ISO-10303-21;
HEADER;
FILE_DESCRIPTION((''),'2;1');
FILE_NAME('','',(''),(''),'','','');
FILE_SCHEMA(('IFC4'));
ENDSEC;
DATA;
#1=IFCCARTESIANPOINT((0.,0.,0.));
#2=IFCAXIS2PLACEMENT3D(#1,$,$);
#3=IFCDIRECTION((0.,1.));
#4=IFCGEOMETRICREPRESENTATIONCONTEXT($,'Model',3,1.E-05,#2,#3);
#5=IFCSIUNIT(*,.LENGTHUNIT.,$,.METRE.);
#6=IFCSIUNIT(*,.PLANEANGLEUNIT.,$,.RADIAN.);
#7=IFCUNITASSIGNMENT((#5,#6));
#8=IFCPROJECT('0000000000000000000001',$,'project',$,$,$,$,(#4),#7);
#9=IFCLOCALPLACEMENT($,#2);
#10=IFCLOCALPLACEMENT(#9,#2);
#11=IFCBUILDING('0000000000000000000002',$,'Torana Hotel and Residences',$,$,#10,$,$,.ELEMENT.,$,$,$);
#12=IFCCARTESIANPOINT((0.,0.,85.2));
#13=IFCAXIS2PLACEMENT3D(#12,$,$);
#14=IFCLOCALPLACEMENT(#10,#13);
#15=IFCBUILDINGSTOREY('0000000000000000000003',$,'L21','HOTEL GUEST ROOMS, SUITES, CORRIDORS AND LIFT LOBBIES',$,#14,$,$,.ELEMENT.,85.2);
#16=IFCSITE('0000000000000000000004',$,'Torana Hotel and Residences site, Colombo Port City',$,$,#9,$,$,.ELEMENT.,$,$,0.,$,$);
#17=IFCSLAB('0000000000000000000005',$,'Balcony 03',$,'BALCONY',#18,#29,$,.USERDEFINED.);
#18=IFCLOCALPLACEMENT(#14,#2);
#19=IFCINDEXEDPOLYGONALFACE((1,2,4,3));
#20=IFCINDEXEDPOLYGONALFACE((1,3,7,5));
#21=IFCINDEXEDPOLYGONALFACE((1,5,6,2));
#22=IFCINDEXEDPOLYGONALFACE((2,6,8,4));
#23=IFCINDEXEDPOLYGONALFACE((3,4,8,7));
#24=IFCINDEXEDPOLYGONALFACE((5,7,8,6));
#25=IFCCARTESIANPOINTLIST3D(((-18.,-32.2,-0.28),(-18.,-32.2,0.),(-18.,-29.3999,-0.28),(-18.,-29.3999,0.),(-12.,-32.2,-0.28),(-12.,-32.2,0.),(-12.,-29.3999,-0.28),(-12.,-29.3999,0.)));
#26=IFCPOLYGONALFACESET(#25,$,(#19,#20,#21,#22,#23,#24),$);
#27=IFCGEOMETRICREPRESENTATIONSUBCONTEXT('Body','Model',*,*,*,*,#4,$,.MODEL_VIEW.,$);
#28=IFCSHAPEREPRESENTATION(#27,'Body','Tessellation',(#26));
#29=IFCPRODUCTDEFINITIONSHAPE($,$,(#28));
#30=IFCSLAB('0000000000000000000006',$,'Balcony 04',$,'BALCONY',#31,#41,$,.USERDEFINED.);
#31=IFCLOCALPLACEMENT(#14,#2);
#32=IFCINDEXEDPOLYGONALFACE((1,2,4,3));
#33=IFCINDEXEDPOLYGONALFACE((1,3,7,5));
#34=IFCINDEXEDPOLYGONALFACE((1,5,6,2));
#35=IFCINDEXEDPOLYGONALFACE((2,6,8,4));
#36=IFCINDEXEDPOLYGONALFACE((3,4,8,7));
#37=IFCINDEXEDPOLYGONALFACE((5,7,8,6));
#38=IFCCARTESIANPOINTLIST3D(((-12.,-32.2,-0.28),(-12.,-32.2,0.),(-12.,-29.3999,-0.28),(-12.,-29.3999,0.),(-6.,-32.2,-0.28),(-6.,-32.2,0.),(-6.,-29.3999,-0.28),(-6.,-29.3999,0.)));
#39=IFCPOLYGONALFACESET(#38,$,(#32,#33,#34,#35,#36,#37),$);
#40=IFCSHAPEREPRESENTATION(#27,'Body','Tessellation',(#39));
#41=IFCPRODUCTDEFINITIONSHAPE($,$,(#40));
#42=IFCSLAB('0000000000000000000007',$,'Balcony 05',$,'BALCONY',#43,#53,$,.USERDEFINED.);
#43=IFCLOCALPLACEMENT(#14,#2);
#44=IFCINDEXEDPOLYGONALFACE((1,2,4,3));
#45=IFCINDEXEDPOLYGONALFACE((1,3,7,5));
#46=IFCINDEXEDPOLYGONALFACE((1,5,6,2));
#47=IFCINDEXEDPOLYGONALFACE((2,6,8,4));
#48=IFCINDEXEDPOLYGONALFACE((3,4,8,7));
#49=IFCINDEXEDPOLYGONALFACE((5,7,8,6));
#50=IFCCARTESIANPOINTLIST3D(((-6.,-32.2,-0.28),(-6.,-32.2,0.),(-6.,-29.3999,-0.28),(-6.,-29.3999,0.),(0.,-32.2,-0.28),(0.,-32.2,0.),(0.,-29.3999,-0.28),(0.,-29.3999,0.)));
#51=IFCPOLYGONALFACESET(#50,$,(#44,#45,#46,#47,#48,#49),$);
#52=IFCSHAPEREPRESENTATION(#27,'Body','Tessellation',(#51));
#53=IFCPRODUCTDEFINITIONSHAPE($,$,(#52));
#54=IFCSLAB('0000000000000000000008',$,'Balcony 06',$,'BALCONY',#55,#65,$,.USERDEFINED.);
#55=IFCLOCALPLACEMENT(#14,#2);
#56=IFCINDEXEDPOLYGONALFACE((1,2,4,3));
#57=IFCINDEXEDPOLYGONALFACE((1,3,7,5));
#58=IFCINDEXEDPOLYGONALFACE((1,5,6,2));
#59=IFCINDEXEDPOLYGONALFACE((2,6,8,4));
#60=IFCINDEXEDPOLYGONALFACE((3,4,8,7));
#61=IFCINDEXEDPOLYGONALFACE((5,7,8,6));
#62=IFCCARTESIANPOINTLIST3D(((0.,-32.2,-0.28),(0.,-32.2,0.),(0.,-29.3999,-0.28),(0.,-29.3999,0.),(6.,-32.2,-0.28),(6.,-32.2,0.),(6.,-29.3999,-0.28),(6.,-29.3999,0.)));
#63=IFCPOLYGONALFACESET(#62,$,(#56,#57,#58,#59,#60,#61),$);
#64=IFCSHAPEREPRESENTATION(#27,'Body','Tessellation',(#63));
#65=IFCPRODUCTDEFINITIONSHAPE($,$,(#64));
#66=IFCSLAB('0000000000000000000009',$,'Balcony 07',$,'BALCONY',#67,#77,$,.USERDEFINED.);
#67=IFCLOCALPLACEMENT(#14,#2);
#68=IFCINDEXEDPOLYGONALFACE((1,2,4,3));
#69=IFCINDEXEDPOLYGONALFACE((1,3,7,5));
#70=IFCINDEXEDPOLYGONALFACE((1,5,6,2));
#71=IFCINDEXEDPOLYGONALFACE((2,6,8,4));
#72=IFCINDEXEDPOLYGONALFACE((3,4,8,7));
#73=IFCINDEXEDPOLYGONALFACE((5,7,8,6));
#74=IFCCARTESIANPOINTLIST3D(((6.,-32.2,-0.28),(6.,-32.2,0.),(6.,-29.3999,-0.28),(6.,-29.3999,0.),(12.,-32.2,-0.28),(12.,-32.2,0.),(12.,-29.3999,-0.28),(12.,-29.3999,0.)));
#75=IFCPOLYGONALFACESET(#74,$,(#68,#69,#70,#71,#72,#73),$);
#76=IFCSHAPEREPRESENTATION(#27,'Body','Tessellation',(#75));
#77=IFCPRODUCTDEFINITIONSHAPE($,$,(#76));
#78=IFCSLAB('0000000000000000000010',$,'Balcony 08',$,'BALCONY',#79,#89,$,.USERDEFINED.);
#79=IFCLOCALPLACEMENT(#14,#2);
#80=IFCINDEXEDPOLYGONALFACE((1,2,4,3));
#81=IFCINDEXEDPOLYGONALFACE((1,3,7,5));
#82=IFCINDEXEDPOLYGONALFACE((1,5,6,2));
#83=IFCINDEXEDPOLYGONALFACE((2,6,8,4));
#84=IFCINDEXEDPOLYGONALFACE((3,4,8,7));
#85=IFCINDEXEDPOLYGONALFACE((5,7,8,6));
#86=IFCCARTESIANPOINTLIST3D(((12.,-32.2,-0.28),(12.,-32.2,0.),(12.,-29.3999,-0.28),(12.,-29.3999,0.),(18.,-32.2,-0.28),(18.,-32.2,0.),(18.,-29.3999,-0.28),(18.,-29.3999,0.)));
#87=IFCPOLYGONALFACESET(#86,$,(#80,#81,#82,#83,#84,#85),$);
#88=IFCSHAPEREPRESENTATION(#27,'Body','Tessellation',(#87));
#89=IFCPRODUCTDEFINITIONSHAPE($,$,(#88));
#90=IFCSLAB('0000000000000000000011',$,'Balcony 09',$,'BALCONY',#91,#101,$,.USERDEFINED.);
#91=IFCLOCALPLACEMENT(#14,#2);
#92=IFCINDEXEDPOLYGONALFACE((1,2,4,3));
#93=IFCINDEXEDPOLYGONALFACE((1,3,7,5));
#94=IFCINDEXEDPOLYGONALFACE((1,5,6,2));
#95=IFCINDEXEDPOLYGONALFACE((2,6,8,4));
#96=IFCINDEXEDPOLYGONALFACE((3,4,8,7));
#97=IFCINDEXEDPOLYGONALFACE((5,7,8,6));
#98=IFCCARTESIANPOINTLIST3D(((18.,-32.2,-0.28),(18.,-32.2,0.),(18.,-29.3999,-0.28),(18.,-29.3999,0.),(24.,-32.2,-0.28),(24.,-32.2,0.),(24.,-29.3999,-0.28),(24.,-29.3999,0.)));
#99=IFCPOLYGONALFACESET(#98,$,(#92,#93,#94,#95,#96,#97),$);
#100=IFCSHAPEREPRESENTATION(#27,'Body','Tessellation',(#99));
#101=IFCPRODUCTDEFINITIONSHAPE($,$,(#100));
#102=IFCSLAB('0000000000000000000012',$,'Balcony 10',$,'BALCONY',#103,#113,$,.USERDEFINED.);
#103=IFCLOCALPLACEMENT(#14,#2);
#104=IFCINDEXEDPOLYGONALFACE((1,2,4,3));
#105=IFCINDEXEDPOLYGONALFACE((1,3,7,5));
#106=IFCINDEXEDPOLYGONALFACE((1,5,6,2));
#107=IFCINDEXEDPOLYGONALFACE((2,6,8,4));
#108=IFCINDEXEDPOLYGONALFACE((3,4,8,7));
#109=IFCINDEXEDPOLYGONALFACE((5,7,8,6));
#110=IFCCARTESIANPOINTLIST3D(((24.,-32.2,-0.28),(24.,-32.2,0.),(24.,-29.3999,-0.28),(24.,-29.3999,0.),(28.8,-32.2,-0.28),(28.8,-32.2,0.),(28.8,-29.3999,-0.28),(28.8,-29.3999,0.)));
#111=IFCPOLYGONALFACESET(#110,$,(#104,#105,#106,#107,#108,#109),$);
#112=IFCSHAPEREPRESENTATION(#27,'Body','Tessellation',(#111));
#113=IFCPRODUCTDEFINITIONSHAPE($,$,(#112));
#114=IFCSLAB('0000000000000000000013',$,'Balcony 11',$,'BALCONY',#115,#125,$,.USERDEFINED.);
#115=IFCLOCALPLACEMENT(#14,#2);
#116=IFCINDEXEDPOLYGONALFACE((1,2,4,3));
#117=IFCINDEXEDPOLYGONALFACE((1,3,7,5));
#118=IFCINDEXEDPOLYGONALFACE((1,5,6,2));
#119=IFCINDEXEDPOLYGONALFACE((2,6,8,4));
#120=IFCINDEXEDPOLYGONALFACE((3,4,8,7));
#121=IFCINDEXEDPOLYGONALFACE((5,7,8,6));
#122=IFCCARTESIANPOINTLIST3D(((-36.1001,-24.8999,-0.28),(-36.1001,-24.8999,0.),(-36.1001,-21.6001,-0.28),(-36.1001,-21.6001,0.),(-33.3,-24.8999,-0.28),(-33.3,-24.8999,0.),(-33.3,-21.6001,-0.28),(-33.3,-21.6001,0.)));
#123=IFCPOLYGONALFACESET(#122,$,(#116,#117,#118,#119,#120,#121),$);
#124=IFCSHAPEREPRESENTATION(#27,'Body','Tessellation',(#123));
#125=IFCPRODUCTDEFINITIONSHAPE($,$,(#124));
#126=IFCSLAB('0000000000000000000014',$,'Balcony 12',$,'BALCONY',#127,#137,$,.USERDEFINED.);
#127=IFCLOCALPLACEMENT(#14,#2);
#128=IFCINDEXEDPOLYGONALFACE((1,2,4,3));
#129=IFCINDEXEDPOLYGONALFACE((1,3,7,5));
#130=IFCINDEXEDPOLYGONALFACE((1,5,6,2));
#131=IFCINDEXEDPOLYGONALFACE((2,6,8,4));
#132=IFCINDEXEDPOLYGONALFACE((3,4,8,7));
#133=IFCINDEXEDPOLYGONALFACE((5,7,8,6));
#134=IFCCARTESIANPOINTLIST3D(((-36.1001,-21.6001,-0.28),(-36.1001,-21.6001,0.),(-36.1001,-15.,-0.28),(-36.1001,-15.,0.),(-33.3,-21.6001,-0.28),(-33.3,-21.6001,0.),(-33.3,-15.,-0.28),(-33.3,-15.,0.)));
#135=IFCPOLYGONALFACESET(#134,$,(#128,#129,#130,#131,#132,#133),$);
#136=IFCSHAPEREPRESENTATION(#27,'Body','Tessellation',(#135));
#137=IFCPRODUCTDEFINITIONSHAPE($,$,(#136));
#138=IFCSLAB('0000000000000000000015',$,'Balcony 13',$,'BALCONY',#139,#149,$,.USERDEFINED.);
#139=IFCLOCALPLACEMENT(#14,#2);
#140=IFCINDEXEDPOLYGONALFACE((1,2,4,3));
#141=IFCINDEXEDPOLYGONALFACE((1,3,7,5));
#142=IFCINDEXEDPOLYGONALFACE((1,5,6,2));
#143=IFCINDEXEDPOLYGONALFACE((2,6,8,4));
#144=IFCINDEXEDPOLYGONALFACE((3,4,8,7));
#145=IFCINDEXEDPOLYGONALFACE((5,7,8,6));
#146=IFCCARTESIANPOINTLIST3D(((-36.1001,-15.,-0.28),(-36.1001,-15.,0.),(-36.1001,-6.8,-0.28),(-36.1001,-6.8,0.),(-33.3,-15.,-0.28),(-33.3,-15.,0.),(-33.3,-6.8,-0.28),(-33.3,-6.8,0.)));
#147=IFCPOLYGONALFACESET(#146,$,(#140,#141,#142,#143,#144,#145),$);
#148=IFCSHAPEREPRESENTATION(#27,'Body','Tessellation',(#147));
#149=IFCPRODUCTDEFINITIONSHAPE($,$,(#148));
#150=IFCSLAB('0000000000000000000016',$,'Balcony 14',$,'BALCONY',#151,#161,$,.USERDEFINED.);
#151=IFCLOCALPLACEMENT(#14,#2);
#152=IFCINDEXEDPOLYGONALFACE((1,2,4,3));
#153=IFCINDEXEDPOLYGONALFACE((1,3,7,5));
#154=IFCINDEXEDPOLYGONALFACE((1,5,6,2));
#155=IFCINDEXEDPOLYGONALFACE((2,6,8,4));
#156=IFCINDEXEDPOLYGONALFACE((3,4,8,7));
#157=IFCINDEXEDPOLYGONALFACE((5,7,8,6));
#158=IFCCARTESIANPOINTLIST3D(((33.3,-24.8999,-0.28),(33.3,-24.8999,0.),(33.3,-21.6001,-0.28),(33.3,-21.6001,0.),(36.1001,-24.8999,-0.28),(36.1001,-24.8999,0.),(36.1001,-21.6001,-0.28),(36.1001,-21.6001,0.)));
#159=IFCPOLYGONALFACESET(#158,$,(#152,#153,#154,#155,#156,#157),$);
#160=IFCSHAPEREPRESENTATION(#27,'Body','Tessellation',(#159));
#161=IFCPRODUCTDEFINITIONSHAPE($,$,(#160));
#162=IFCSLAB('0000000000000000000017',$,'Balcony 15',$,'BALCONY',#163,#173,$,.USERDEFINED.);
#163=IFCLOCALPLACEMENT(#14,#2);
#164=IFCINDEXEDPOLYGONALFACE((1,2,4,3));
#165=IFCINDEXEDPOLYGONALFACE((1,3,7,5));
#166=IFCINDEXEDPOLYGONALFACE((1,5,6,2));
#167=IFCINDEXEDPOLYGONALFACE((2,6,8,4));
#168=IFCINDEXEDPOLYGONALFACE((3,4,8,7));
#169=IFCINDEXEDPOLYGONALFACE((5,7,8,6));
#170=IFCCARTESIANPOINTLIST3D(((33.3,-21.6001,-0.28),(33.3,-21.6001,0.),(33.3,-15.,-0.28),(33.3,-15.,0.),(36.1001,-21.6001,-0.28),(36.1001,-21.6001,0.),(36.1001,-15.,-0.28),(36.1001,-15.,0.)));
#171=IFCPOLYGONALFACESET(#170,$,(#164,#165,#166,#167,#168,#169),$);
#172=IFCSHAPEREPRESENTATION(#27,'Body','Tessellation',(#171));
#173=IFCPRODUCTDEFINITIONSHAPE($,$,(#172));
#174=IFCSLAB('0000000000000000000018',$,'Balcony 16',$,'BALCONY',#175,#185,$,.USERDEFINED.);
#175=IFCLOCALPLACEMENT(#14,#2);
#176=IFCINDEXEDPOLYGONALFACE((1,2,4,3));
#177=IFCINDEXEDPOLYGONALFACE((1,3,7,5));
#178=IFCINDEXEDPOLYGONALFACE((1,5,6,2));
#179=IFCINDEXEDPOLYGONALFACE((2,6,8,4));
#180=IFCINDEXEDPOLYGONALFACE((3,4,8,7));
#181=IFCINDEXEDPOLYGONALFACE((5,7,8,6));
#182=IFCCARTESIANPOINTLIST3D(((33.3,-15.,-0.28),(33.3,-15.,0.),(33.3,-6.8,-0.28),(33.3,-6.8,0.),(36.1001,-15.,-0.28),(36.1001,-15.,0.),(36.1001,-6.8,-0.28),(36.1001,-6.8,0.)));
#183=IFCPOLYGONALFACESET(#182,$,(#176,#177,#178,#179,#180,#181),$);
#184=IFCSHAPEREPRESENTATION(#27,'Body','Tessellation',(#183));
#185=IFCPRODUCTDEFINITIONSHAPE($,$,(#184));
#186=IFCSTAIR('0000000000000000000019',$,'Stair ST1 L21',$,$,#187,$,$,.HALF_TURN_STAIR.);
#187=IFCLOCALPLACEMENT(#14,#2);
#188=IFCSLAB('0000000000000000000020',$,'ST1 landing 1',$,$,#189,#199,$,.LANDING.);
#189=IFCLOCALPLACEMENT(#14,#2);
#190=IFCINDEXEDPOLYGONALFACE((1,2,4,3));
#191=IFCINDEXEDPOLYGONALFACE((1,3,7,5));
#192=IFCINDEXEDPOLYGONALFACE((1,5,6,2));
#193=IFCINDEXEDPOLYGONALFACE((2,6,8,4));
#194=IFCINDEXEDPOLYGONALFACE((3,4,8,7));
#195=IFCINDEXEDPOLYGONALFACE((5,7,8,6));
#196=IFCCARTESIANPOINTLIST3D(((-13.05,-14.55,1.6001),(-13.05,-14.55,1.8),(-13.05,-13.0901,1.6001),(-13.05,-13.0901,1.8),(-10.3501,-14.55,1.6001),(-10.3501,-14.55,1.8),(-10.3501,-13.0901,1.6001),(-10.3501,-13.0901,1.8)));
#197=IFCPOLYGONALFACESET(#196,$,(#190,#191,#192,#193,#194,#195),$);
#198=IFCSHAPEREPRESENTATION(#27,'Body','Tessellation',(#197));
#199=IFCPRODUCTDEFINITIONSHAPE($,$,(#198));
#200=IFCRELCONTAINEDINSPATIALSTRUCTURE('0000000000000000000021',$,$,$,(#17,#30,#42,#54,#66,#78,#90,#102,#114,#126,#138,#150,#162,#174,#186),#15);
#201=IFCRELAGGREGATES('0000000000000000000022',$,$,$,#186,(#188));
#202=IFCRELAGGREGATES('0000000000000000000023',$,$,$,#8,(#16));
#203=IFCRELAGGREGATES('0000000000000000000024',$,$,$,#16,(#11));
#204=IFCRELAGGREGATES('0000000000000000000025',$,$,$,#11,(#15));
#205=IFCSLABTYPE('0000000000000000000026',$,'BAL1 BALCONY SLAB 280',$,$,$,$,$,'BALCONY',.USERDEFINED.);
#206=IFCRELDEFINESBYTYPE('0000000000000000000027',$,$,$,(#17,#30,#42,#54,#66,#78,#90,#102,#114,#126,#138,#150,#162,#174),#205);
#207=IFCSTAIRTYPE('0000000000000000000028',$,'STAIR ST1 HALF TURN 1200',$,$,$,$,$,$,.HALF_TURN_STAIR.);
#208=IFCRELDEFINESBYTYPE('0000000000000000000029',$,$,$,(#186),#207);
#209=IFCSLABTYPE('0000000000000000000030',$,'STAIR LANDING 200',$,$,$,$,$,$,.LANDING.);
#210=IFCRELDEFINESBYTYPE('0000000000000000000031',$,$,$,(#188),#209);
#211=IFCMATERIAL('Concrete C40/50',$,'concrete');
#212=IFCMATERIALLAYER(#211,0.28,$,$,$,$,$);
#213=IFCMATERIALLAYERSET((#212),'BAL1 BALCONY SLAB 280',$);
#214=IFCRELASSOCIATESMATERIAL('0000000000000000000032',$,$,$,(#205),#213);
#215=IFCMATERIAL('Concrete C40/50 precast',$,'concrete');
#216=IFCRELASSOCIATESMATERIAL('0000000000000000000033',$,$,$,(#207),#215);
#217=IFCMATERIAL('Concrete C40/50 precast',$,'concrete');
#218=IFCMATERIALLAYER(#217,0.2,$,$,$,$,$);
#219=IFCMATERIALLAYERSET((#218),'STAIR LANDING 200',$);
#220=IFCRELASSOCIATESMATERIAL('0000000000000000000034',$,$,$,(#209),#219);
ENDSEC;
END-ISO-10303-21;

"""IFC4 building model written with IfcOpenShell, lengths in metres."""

from ifc_helpers import new_model, si_unit, direction, frame, origin, place, context, subcontext, project, spatial, polyline, outline, extrude, material, layer, layer_set, type_object, element, aggregate, save


model = new_model("IFC4")

# Units and contexts
model_context = context("Model", 3, precision=1e-05, world=origin(), true_north=direction((0.0, 1.0)))
body_context = subcontext(model_context, "Body", "Model", "MODEL_VIEW")
ifc_project = project(units=[si_unit("LENGTHUNIT", "METRE"), si_unit("PLANEANGLEUNIT", "RADIAN")], contexts=[model_context])

# Site, building, storey
site_placement = place(None, origin())
site = spatial("IfcSite", under=ifc_project, at=site_placement, Name="Torana Hotel and Residences site, Colombo Port City", CompositionType="ELEMENT", RefElevation=0.0)
building_placement = place(site_placement, origin())
building = spatial("IfcBuilding", under=site, at=building_placement, Name="Torana Hotel and Residences", CompositionType="ELEMENT")
storey_placement = place(building_placement, frame((0.0, 0.0, 85.2)))
storey = spatial("IfcBuildingStorey", under=building, at=storey_placement, Name="L21", Description="HOTEL GUEST ROOMS, SUITES, CORRIDORS AND LIFT LOBBIES", CompositionType="ELEMENT", Elevation=85.2)

# Slabs
ifc_material_1 = material(Name="Concrete C40/50", Category="concrete")
ifc_layer_1 = layer(ifc_material_1, 0.28)
ifc_layer_set_1 = layer_set([ifc_layer_1], Name="BAL1 BALCONY SLAB 280")
slab_type_1 = type_object("IfcSlabType", Name="BAL1 BALCONY SLAB 280", ElementType="BALCONY", PredefinedType="USERDEFINED", material=ifc_layer_set_1)
slab_1_placement = place(storey_placement, frame((0.0, 0.0, -0.28)))
element("IfcSlab", 1, at=slab_1_placement, inside=storey, type_object=slab_type_1, Name="Balcony 03", ObjectType="BALCONY", PredefinedType="USERDEFINED", context=body_context, shape_type="SweptSolid", body=[
    extrude(outline(polyline([(-18.0, -32.2), (-12.0, -32.2), (-12.0, -29.3999), (-18.0, -29.3999), (-18.0, -32.2)])), origin(), (0.0, 0.0, 1.0), 0.28),
])
slab_2_placement = place(storey_placement, frame((0.0, 0.0, -0.28)))
element("IfcSlab", 2, at=slab_2_placement, inside=storey, type_object=slab_type_1, Name="Balcony 04", ObjectType="BALCONY", PredefinedType="USERDEFINED", context=body_context, shape_type="SweptSolid", body=[
    extrude(outline(polyline([(-12.0, -32.2), (-6.0, -32.2), (-6.0, -29.3999), (-12.0, -29.3999), (-12.0, -32.2)])), origin(), (0.0, 0.0, 1.0), 0.28),
])
slab_3_placement = place(storey_placement, frame((0.0, 0.0, -0.28)))
element("IfcSlab", 3, at=slab_3_placement, inside=storey, type_object=slab_type_1, Name="Balcony 05", ObjectType="BALCONY", PredefinedType="USERDEFINED", context=body_context, shape_type="SweptSolid", body=[
    extrude(outline(polyline([(-6.0, -32.2), (0.0, -32.2), (0.0, -29.3999), (-6.0, -29.3999), (-6.0, -32.2)])), origin(), (0.0, 0.0, 1.0), 0.28),
])
slab_4_placement = place(storey_placement, frame((0.0, 0.0, -0.28)))
element("IfcSlab", 4, at=slab_4_placement, inside=storey, type_object=slab_type_1, Name="Balcony 06", ObjectType="BALCONY", PredefinedType="USERDEFINED", context=body_context, shape_type="SweptSolid", body=[
    extrude(outline(polyline([(0.0, -32.2), (6.0, -32.2), (6.0, -29.3999), (0.0, -29.3999), (0.0, -32.2)])), origin(), (0.0, 0.0, 1.0), 0.28),
])
slab_5_placement = place(storey_placement, frame((0.0, 0.0, -0.28)))
element("IfcSlab", 5, at=slab_5_placement, inside=storey, type_object=slab_type_1, Name="Balcony 07", ObjectType="BALCONY", PredefinedType="USERDEFINED", context=body_context, shape_type="SweptSolid", body=[
    extrude(outline(polyline([(6.0, -32.2), (12.0, -32.2), (12.0, -29.3999), (6.0, -29.3999), (6.0, -32.2)])), origin(), (0.0, 0.0, 1.0), 0.28),
])
slab_6_placement = place(storey_placement, frame((0.0, 0.0, -0.28)))
element("IfcSlab", 6, at=slab_6_placement, inside=storey, type_object=slab_type_1, Name="Balcony 08", ObjectType="BALCONY", PredefinedType="USERDEFINED", context=body_context, shape_type="SweptSolid", body=[
    extrude(outline(polyline([(12.0, -32.2), (18.0, -32.2), (18.0, -29.3999), (12.0, -29.3999), (12.0, -32.2)])), origin(), (0.0, 0.0, 1.0), 0.28),
])
slab_7_placement = place(storey_placement, frame((0.0, 0.0, -0.28)))
element("IfcSlab", 7, at=slab_7_placement, inside=storey, type_object=slab_type_1, Name="Balcony 09", ObjectType="BALCONY", PredefinedType="USERDEFINED", context=body_context, shape_type="SweptSolid", body=[
    extrude(outline(polyline([(18.0, -32.2), (24.0, -32.2), (24.0, -29.3999), (18.0, -29.3999), (18.0, -32.2)])), origin(), (0.0, 0.0, 1.0), 0.28),
])
slab_8_placement = place(storey_placement, frame((0.0, 0.0, -0.28)))
element("IfcSlab", 8, at=slab_8_placement, inside=storey, type_object=slab_type_1, Name="Balcony 10", ObjectType="BALCONY", PredefinedType="USERDEFINED", context=body_context, shape_type="SweptSolid", body=[
    extrude(outline(polyline([(24.0, -32.2), (28.8, -32.2), (28.8, -29.3999), (24.0, -29.3999), (24.0, -32.2)])), origin(), (0.0, 0.0, 1.0), 0.28),
])
slab_9_placement = place(storey_placement, frame((0.0, 0.0, -0.28)))
element("IfcSlab", 9, at=slab_9_placement, inside=storey, type_object=slab_type_1, Name="Balcony 11", ObjectType="BALCONY", PredefinedType="USERDEFINED", context=body_context, shape_type="SweptSolid", body=[
    extrude(outline(polyline([(-36.1001, -24.8999), (-33.3, -24.8999), (-33.3, -21.6001), (-36.1001, -21.6001), (-36.1001, -24.8999)])), origin(), (0.0, 0.0, 1.0), 0.28),
])
slab_10_placement = place(storey_placement, frame((0.0, 0.0, -0.28)))
element("IfcSlab", 10, at=slab_10_placement, inside=storey, type_object=slab_type_1, Name="Balcony 12", ObjectType="BALCONY", PredefinedType="USERDEFINED", context=body_context, shape_type="SweptSolid", body=[
    extrude(outline(polyline([(-36.1001, -21.6001), (-33.3, -21.6001), (-33.3, -15.0), (-36.1001, -15.0), (-36.1001, -21.6001)])), origin(), (0.0, 0.0, 1.0), 0.28),
])
slab_11_placement = place(storey_placement, frame((0.0, 0.0, -0.28)))
element("IfcSlab", 11, at=slab_11_placement, inside=storey, type_object=slab_type_1, Name="Balcony 13", ObjectType="BALCONY", PredefinedType="USERDEFINED", context=body_context, shape_type="SweptSolid", body=[
    extrude(outline(polyline([(-36.1001, -15.0), (-33.3, -15.0), (-33.3, -6.8), (-36.1001, -6.8), (-36.1001, -15.0)])), origin(), (0.0, 0.0, 1.0), 0.28),
])
slab_12_placement = place(storey_placement, frame((0.0, 0.0, -0.28)))
element("IfcSlab", 12, at=slab_12_placement, inside=storey, type_object=slab_type_1, Name="Balcony 14", ObjectType="BALCONY", PredefinedType="USERDEFINED", context=body_context, shape_type="SweptSolid", body=[
    extrude(outline(polyline([(33.3, -24.8999), (36.1001, -24.8999), (36.1001, -21.6001), (33.3, -21.6001), (33.3, -24.8999)])), origin(), (0.0, 0.0, 1.0), 0.28),
])
slab_13_placement = place(storey_placement, frame((0.0, 0.0, -0.28)))
element("IfcSlab", 13, at=slab_13_placement, inside=storey, type_object=slab_type_1, Name="Balcony 15", ObjectType="BALCONY", PredefinedType="USERDEFINED", context=body_context, shape_type="SweptSolid", body=[
    extrude(outline(polyline([(33.3, -21.6001), (36.1001, -21.6001), (36.1001, -15.0), (33.3, -15.0), (33.3, -21.6001)])), origin(), (0.0, 0.0, 1.0), 0.28),
])
slab_14_placement = place(storey_placement, frame((0.0, 0.0, -0.28)))
element("IfcSlab", 14, at=slab_14_placement, inside=storey, type_object=slab_type_1, Name="Balcony 16", ObjectType="BALCONY", PredefinedType="USERDEFINED", context=body_context, shape_type="SweptSolid", body=[
    extrude(outline(polyline([(33.3, -15.0), (36.1001, -15.0), (36.1001, -6.8), (33.3, -6.8), (33.3, -15.0)])), origin(), (0.0, 0.0, 1.0), 0.28),
])

# Stair, slab
ifc_material_2 = material(Name="Concrete C40/50 precast", Category="concrete")
stair_type_1 = type_object("IfcStairType", Name="STAIR ST1 HALF TURN 1200", PredefinedType="HALF_TURN_STAIR", material=ifc_material_2)
stair_1_placement = place(storey_placement, origin())
stair_1 = element("IfcStair", 15, at=stair_1_placement, inside=storey, type_object=stair_type_1, Name="Stair ST1 L21", PredefinedType="HALF_TURN_STAIR")
ifc_material_3 = material(Name="Concrete C40/50 precast", Category="concrete")
ifc_layer_2 = layer(ifc_material_3, 0.2)
ifc_layer_set_2 = layer_set([ifc_layer_2], Name="STAIR LANDING 200")
slab_type_2 = type_object("IfcSlabType", Name="STAIR LANDING 200", PredefinedType="LANDING", material=ifc_layer_set_2)
slab_15_placement = place(storey_placement, frame((0.0, 0.0, 1.6001)))
slab_15 = element("IfcSlab", 16, at=slab_15_placement, type_object=slab_type_2, Name="ST1 landing 1", PredefinedType="LANDING", context=body_context, shape_type="SweptSolid", body=[
    extrude(outline(polyline([(-13.05, -14.55), (-10.3501, -14.55), (-10.3501, -13.0901), (-13.05, -13.0901), (-13.05, -14.55)])), origin(), (0.0, 0.0, 1.0), 0.2),
])
aggregate(stair_1, [slab_15])

save(model, "model.ifc")
